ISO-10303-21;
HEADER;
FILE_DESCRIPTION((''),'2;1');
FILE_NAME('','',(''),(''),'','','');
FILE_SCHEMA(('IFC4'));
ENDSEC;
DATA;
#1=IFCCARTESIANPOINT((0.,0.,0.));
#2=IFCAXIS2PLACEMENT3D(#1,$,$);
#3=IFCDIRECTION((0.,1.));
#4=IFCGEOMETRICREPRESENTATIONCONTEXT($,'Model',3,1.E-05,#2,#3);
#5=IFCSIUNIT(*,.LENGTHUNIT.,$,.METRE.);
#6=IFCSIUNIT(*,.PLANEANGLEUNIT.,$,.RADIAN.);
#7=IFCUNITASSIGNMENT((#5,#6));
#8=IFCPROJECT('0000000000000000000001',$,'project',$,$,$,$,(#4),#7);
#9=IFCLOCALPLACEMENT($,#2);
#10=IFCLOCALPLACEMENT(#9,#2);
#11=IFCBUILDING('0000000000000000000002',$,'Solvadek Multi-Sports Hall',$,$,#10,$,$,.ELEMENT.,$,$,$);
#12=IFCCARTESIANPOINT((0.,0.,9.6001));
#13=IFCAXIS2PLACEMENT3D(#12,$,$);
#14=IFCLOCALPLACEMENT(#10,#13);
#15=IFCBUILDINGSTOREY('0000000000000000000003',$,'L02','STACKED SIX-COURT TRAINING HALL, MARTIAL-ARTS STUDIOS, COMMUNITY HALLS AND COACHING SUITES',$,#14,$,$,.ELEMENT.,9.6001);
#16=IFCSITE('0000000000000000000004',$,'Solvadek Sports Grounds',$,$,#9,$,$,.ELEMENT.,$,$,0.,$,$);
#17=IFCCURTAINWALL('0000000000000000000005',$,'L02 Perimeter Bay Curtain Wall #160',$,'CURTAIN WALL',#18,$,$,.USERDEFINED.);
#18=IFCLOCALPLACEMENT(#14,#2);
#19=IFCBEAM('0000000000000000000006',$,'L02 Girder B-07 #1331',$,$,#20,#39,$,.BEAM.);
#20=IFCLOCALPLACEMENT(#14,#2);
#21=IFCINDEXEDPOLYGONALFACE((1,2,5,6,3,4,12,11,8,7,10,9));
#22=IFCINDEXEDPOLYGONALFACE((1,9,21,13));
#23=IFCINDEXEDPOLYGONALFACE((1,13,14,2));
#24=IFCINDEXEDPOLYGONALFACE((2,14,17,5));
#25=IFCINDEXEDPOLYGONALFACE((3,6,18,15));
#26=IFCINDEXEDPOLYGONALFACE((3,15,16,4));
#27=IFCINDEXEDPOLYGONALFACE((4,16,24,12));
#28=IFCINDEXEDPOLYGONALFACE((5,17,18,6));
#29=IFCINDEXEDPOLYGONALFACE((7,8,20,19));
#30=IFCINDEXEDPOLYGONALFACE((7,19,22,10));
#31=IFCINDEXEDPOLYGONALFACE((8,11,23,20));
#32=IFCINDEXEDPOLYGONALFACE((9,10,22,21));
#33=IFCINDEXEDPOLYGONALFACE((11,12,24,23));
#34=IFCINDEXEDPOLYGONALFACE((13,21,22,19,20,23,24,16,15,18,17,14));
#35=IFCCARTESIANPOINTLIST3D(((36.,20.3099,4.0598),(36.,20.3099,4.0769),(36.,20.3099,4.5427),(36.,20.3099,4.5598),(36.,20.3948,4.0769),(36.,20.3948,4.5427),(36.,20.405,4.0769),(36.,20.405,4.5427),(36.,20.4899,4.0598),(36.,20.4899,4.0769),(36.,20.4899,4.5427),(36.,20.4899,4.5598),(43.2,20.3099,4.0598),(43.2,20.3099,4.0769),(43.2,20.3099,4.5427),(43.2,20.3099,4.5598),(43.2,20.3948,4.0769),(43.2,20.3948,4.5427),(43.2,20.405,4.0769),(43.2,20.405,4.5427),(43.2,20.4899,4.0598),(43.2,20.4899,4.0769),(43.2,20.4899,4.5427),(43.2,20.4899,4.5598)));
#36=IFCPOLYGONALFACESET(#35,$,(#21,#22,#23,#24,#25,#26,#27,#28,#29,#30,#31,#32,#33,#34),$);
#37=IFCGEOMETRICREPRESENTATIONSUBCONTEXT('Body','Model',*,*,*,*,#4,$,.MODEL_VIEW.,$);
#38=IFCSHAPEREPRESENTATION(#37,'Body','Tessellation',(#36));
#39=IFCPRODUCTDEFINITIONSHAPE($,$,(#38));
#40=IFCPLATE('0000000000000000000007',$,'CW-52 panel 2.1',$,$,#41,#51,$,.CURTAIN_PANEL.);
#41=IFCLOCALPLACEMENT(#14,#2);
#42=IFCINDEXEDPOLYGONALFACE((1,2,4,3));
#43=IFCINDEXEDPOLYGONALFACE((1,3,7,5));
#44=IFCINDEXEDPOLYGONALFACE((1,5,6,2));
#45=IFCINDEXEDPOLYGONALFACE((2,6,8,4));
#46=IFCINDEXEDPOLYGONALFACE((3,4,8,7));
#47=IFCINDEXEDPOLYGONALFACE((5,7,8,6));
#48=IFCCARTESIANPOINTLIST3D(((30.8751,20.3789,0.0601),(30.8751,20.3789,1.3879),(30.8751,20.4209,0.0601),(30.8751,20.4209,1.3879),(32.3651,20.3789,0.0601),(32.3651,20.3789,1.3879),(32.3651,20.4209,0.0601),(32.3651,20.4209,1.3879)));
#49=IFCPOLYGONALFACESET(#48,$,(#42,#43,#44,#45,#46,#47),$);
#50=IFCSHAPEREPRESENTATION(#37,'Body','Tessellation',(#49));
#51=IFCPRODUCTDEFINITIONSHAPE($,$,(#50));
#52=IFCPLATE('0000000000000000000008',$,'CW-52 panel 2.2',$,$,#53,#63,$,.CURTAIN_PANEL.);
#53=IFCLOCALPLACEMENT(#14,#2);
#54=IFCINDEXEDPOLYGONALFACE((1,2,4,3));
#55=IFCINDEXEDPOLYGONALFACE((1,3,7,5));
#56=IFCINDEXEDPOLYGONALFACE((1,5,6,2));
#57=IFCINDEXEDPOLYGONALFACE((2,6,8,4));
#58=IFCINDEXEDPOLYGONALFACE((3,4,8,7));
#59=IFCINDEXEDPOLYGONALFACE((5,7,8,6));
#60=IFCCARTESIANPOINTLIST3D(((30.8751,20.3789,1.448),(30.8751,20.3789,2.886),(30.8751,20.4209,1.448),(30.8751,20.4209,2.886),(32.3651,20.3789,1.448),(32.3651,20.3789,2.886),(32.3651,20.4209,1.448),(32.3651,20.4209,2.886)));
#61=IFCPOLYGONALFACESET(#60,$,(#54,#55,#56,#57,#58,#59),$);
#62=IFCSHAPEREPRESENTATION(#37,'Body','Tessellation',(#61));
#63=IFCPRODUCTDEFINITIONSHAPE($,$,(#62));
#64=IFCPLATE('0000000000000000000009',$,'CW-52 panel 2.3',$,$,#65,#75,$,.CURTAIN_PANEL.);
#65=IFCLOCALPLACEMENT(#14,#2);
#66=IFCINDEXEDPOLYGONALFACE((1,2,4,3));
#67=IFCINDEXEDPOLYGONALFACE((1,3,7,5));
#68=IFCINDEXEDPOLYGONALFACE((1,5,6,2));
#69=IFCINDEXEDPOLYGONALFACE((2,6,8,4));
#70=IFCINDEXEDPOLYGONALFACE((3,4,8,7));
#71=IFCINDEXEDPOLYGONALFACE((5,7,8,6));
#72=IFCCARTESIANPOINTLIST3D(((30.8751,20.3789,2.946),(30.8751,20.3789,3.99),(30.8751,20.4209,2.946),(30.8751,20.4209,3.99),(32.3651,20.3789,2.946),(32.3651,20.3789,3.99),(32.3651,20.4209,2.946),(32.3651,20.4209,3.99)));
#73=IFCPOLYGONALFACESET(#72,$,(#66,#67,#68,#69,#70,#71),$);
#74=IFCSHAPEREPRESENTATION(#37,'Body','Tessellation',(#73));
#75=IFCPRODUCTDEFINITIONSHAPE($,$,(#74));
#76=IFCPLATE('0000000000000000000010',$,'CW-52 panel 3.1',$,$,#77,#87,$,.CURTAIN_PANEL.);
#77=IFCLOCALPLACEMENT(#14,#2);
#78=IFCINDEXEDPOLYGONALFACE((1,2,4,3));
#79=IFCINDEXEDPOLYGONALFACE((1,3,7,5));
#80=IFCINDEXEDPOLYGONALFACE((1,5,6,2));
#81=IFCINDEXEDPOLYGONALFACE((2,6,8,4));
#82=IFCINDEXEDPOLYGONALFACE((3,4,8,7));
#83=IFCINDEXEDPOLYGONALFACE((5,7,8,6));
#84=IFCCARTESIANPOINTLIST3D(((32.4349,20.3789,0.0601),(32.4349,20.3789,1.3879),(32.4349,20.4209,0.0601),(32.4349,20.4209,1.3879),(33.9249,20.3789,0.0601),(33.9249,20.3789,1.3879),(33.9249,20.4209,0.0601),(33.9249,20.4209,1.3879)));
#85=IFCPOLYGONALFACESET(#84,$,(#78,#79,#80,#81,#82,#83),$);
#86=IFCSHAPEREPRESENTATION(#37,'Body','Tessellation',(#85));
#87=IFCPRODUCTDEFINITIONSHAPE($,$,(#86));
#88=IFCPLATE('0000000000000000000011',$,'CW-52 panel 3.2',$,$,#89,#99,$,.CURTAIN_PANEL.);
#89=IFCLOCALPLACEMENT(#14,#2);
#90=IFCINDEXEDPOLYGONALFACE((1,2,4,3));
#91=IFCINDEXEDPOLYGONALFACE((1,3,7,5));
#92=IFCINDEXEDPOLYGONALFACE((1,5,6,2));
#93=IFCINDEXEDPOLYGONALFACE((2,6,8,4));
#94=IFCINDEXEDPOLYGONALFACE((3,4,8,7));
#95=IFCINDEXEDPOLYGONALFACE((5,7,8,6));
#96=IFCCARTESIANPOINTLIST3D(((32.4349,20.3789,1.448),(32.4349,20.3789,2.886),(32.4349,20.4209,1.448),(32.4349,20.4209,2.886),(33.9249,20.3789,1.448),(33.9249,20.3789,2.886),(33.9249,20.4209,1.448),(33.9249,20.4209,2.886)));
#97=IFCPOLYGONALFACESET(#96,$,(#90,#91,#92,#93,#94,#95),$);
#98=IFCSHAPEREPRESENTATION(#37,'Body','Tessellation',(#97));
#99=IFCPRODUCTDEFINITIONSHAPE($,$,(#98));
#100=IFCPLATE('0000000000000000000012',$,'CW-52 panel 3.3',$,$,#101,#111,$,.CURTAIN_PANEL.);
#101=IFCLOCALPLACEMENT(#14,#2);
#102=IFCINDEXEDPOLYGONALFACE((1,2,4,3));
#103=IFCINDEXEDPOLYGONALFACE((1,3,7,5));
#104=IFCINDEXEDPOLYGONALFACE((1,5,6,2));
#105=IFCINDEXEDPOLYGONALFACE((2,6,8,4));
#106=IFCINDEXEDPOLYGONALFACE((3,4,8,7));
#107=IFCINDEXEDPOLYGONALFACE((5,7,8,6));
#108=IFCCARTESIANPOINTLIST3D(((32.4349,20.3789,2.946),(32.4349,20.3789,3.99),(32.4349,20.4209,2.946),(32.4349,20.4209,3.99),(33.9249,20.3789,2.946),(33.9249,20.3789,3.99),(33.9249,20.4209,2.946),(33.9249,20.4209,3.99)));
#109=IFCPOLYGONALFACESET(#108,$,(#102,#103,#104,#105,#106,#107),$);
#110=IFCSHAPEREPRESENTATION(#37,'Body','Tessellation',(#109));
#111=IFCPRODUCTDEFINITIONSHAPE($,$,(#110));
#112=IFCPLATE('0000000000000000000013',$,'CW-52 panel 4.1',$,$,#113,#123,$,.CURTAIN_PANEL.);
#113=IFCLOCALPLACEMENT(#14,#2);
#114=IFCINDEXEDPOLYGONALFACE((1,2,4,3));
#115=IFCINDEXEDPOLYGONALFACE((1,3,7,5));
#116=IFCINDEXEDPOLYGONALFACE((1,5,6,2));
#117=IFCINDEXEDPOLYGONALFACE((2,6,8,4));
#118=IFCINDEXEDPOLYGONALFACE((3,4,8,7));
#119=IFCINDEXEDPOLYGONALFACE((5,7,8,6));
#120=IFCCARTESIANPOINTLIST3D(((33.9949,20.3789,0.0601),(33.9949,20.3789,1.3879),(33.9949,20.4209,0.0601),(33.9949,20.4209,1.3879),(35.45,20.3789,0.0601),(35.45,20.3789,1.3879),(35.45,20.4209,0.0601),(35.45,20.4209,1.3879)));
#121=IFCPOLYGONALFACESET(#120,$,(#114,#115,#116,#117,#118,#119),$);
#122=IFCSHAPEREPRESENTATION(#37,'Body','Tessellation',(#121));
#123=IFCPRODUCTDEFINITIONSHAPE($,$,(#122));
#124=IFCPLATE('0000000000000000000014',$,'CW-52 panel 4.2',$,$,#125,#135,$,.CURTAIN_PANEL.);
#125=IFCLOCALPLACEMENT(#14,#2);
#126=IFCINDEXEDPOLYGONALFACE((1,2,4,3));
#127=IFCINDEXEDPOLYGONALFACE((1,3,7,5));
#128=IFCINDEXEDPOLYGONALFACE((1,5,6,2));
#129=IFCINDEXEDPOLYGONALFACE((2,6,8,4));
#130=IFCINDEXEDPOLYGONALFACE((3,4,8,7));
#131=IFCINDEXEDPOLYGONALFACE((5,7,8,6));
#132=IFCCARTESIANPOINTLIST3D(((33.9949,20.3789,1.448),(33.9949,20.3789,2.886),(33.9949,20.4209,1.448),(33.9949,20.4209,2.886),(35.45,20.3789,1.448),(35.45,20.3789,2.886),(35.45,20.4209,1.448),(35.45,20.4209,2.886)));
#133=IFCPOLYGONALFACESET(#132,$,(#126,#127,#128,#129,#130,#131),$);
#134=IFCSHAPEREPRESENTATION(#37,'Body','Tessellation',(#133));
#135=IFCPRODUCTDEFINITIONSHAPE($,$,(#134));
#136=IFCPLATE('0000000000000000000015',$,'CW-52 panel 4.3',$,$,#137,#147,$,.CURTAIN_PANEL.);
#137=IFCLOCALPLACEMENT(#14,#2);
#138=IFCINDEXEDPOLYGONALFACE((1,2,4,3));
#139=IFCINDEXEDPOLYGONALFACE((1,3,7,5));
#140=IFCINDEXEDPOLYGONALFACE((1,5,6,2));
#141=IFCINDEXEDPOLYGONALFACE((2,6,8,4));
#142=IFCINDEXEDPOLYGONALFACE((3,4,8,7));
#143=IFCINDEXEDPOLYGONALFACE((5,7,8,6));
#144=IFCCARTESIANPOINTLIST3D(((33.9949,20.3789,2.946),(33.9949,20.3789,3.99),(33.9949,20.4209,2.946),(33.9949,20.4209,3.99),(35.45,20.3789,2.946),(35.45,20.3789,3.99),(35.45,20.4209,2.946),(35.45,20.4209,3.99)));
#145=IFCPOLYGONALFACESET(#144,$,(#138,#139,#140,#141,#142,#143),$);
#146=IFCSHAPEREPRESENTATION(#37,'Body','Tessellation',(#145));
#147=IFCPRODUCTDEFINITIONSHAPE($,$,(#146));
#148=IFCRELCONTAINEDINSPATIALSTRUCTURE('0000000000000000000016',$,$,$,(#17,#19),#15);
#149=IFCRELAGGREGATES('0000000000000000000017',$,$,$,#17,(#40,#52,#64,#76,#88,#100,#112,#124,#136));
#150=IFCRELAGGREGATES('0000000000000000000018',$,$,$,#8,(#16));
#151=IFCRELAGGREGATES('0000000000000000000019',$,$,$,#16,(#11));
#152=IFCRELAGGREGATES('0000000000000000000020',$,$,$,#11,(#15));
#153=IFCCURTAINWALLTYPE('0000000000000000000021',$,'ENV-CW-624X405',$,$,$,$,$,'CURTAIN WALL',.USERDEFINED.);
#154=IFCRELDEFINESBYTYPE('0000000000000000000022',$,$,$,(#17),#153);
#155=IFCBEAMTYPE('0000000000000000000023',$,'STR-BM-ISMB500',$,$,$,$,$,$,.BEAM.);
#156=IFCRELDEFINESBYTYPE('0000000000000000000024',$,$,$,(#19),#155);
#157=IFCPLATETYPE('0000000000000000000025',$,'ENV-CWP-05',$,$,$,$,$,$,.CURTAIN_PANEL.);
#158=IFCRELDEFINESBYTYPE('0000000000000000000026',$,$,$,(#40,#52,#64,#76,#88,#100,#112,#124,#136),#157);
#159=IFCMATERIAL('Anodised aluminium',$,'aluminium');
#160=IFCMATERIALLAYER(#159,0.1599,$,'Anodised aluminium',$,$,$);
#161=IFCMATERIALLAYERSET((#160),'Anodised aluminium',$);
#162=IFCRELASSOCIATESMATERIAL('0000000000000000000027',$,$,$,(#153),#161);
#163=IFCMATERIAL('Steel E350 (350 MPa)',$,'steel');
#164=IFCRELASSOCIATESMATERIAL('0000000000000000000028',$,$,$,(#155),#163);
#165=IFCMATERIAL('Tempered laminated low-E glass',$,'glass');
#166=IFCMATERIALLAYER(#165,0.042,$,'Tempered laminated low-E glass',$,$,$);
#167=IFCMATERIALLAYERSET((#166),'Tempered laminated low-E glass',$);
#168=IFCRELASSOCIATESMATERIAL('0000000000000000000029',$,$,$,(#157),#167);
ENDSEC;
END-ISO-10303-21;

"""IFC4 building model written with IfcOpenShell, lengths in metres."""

from ifc_helpers import new_model, si_unit, direction, frame, origin, origin_2d, place, context, subcontext, project, spatial, rectangle, i_section, extrude, material, layer, layer_set, material_profile, profile_set, type_object, element, aggregate, save


model = new_model("IFC4")

# Units and contexts
model_context = context("Model", 3, precision=1e-05, world=origin(), true_north=direction((0.0, 1.0)))
body_context = subcontext(model_context, "Body", "Model", "MODEL_VIEW")
ifc_project = project(units=[si_unit("LENGTHUNIT", "METRE"), si_unit("PLANEANGLEUNIT", "RADIAN")], contexts=[model_context])

# Site, building, storey
site_placement = place(None, origin())
site = spatial("IfcSite", under=ifc_project, at=site_placement, Name="Solvadek Sports Grounds", CompositionType="ELEMENT", RefElevation=0.0)
building_placement = place(site_placement, origin())
building = spatial("IfcBuilding", under=site, at=building_placement, Name="Solvadek Multi-Sports Hall", CompositionType="ELEMENT")
storey_placement = place(building_placement, frame((0.0, 0.0, 9.6001)))
storey = spatial("IfcBuildingStorey", under=building, at=storey_placement, Name="L02", Description="STACKED SIX-COURT TRAINING HALL, MARTIAL-ARTS STUDIOS, COMMUNITY HALLS AND COACHING SUITES", CompositionType="ELEMENT", Elevation=9.6001)

# Shared definitions
ifc_material_1 = material(Name="Steel E350 (350 MPa)", Category="steel")

# Shared definitions
ifc_material_2 = material(Name="Anodised aluminium", Category="aluminium")

# Curtain wall
ifc_layer_1 = layer(ifc_material_2, 0.1599, Name="Anodised aluminium")
ifc_layer_set_1 = layer_set([ifc_layer_1], Name="Anodised aluminium")
curtain_wall_type_1 = type_object("IfcCurtainWallType", Name="ENV-CW-624X405", ElementType="CURTAIN WALL", PredefinedType="USERDEFINED", material=ifc_layer_set_1)
curtain_wall_1_placement = place(storey_placement, origin())
curtain_wall_1 = element("IfcCurtainWall", 1, at=curtain_wall_1_placement, inside=storey, type_object=curtain_wall_type_1, Name="L02 Perimeter Bay Curtain Wall #160", ObjectType="CURTAIN WALL", PredefinedType="USERDEFINED")

# Beam
ifc_material_profile_1 = material_profile(ifc_material_1, i_section(OverallWidth=0.1799, OverallDepth=0.5, WebThickness=0.0103, FlangeThickness=0.0171, at=origin_2d()), Name="ISMB 500")
ifc_profile_set_1 = profile_set([ifc_material_profile_1], Name="Steel E350 (350 MPa)")
beam_type = type_object("IfcBeamType", Name="STR-BM-ISMB500", PredefinedType="BEAM", material=ifc_profile_set_1)
beam_placement = place(storey_placement, frame((36.0, 20.3999, 4.3098), z_axis=(1.0, 0.0, 0.0), x_axis=(0.0, 1.0, 0.0)))
element("IfcBeam", 2, at=beam_placement, inside=storey, type_object=beam_type, Name="L02 Girder B-07 #1331", PredefinedType="BEAM", context=body_context, shape_type="SweptSolid", body=[
    extrude(i_section(OverallWidth=0.1799, OverallDepth=0.5, WebThickness=0.0103, FlangeThickness=0.0171, at=origin_2d()), origin(), (0.0, 0.0, 1.0), 7.2),
])

# Plates
ifc_material_3 = material(Name="Tempered laminated low-E glass", Category="glass")
ifc_layer_2 = layer(ifc_material_3, 0.042, Name="Tempered laminated low-E glass")
ifc_layer_set_2 = layer_set([ifc_layer_2], Name="Tempered laminated low-E glass")
plate_type = type_object("IfcPlateType", Name="ENV-CWP-05", PredefinedType="CURTAIN_PANEL", material=ifc_layer_set_2)
plate_1_placement = place(storey_placement, frame((31.6201, 20.3999, 0.0601), z_axis=(0.0, 0.0, 1.0), x_axis=(1.0, 0.0, 0.0)))
plate_1 = element("IfcPlate", 3, at=plate_1_placement, type_object=plate_type, Name="CW-52 panel 2.1", PredefinedType="CURTAIN_PANEL", context=body_context, shape_type="SweptSolid", body=[
    extrude(rectangle(XDim=1.49, YDim=0.042, at=origin_2d()), origin(), (0.0, 0.0, 1.0), 1.3279),
])
plate_2_placement = place(storey_placement, frame((31.6201, 20.3999, 1.448), z_axis=(0.0, 0.0, 1.0), x_axis=(1.0, 0.0, 0.0)))
plate_2 = element("IfcPlate", 4, at=plate_2_placement, type_object=plate_type, Name="CW-52 panel 2.2", PredefinedType="CURTAIN_PANEL", context=body_context, shape_type="SweptSolid", body=[
    extrude(rectangle(XDim=1.49, YDim=0.042, at=origin_2d()), origin(), (0.0, 0.0, 1.0), 1.438),
])
plate_3_placement = place(storey_placement, frame((31.6201, 20.3999, 2.946), z_axis=(0.0, 0.0, 1.0), x_axis=(1.0, 0.0, 0.0)))
plate_3 = element("IfcPlate", 5, at=plate_3_placement, type_object=plate_type, Name="CW-52 panel 2.3", PredefinedType="CURTAIN_PANEL", context=body_context, shape_type="SweptSolid", body=[
    extrude(rectangle(XDim=1.49, YDim=0.042, at=origin_2d()), origin(), (0.0, 0.0, 1.0), 1.0439),
])
plate_4_placement = place(storey_placement, frame((33.1799, 20.3999, 0.0601), z_axis=(0.0, 0.0, 1.0), x_axis=(1.0, 0.0, 0.0)))
plate_4 = element("IfcPlate", 6, at=plate_4_placement, type_object=plate_type, Name="CW-52 panel 3.1", PredefinedType="CURTAIN_PANEL", context=body_context, shape_type="SweptSolid", body=[
    extrude(rectangle(XDim=1.49, YDim=0.042, at=origin_2d()), origin(), (0.0, 0.0, 1.0), 1.3279),
])
plate_5_placement = place(storey_placement, frame((33.1799, 20.3999, 1.448), z_axis=(0.0, 0.0, 1.0), x_axis=(1.0, 0.0, 0.0)))
plate_5 = element("IfcPlate", 7, at=plate_5_placement, type_object=plate_type, Name="CW-52 panel 3.2", PredefinedType="CURTAIN_PANEL", context=body_context, shape_type="SweptSolid", body=[
    extrude(rectangle(XDim=1.49, YDim=0.042, at=origin_2d()), origin(), (0.0, 0.0, 1.0), 1.438),
])
plate_6_placement = place(storey_placement, frame((33.1799, 20.3999, 2.946), z_axis=(0.0, 0.0, 1.0), x_axis=(1.0, 0.0, 0.0)))
plate_6 = element("IfcPlate", 8, at=plate_6_placement, type_object=plate_type, Name="CW-52 panel 3.3", PredefinedType="CURTAIN_PANEL", context=body_context, shape_type="SweptSolid", body=[
    extrude(rectangle(XDim=1.49, YDim=0.042, at=origin_2d()), origin(), (0.0, 0.0, 1.0), 1.0439),
])
plate_7_placement = place(storey_placement, frame((34.7224, 20.3999, 0.0601), z_axis=(0.0, 0.0, 1.0), x_axis=(1.0, 0.0, 0.0)))
plate_7 = element("IfcPlate", 9, at=plate_7_placement, type_object=plate_type, Name="CW-52 panel 4.1", PredefinedType="CURTAIN_PANEL", context=body_context, shape_type="SweptSolid", body=[
    extrude(rectangle(XDim=1.4551, YDim=0.042, at=origin_2d()), origin(), (0.0, 0.0, 1.0), 1.3279),
])
plate_8_placement = place(storey_placement, frame((34.7224, 20.3999, 1.448), z_axis=(0.0, 0.0, 1.0), x_axis=(1.0, 0.0, 0.0)))
plate_8 = element("IfcPlate", 10, at=plate_8_placement, type_object=plate_type, Name="CW-52 panel 4.2", PredefinedType="CURTAIN_PANEL", context=body_context, shape_type="SweptSolid", body=[
    extrude(rectangle(XDim=1.4551, YDim=0.042, at=origin_2d()), origin(), (0.0, 0.0, 1.0), 1.438),
])
plate_9_placement = place(storey_placement, frame((34.7224, 20.3999, 2.946), z_axis=(0.0, 0.0, 1.0), x_axis=(1.0, 0.0, 0.0)))
plate_9 = element("IfcPlate", 11, at=plate_9_placement, type_object=plate_type, Name="CW-52 panel 4.3", PredefinedType="CURTAIN_PANEL", context=body_context, shape_type="SweptSolid", body=[
    extrude(rectangle(XDim=1.4551, YDim=0.042, at=origin_2d()), origin(), (0.0, 0.0, 1.0), 1.0439),
])
aggregate(curtain_wall_1, [plate_1, plate_2, plate_3, plate_4, plate_5, plate_6, plate_7, plate_8, plate_9])

save(model, "model.ifc")
